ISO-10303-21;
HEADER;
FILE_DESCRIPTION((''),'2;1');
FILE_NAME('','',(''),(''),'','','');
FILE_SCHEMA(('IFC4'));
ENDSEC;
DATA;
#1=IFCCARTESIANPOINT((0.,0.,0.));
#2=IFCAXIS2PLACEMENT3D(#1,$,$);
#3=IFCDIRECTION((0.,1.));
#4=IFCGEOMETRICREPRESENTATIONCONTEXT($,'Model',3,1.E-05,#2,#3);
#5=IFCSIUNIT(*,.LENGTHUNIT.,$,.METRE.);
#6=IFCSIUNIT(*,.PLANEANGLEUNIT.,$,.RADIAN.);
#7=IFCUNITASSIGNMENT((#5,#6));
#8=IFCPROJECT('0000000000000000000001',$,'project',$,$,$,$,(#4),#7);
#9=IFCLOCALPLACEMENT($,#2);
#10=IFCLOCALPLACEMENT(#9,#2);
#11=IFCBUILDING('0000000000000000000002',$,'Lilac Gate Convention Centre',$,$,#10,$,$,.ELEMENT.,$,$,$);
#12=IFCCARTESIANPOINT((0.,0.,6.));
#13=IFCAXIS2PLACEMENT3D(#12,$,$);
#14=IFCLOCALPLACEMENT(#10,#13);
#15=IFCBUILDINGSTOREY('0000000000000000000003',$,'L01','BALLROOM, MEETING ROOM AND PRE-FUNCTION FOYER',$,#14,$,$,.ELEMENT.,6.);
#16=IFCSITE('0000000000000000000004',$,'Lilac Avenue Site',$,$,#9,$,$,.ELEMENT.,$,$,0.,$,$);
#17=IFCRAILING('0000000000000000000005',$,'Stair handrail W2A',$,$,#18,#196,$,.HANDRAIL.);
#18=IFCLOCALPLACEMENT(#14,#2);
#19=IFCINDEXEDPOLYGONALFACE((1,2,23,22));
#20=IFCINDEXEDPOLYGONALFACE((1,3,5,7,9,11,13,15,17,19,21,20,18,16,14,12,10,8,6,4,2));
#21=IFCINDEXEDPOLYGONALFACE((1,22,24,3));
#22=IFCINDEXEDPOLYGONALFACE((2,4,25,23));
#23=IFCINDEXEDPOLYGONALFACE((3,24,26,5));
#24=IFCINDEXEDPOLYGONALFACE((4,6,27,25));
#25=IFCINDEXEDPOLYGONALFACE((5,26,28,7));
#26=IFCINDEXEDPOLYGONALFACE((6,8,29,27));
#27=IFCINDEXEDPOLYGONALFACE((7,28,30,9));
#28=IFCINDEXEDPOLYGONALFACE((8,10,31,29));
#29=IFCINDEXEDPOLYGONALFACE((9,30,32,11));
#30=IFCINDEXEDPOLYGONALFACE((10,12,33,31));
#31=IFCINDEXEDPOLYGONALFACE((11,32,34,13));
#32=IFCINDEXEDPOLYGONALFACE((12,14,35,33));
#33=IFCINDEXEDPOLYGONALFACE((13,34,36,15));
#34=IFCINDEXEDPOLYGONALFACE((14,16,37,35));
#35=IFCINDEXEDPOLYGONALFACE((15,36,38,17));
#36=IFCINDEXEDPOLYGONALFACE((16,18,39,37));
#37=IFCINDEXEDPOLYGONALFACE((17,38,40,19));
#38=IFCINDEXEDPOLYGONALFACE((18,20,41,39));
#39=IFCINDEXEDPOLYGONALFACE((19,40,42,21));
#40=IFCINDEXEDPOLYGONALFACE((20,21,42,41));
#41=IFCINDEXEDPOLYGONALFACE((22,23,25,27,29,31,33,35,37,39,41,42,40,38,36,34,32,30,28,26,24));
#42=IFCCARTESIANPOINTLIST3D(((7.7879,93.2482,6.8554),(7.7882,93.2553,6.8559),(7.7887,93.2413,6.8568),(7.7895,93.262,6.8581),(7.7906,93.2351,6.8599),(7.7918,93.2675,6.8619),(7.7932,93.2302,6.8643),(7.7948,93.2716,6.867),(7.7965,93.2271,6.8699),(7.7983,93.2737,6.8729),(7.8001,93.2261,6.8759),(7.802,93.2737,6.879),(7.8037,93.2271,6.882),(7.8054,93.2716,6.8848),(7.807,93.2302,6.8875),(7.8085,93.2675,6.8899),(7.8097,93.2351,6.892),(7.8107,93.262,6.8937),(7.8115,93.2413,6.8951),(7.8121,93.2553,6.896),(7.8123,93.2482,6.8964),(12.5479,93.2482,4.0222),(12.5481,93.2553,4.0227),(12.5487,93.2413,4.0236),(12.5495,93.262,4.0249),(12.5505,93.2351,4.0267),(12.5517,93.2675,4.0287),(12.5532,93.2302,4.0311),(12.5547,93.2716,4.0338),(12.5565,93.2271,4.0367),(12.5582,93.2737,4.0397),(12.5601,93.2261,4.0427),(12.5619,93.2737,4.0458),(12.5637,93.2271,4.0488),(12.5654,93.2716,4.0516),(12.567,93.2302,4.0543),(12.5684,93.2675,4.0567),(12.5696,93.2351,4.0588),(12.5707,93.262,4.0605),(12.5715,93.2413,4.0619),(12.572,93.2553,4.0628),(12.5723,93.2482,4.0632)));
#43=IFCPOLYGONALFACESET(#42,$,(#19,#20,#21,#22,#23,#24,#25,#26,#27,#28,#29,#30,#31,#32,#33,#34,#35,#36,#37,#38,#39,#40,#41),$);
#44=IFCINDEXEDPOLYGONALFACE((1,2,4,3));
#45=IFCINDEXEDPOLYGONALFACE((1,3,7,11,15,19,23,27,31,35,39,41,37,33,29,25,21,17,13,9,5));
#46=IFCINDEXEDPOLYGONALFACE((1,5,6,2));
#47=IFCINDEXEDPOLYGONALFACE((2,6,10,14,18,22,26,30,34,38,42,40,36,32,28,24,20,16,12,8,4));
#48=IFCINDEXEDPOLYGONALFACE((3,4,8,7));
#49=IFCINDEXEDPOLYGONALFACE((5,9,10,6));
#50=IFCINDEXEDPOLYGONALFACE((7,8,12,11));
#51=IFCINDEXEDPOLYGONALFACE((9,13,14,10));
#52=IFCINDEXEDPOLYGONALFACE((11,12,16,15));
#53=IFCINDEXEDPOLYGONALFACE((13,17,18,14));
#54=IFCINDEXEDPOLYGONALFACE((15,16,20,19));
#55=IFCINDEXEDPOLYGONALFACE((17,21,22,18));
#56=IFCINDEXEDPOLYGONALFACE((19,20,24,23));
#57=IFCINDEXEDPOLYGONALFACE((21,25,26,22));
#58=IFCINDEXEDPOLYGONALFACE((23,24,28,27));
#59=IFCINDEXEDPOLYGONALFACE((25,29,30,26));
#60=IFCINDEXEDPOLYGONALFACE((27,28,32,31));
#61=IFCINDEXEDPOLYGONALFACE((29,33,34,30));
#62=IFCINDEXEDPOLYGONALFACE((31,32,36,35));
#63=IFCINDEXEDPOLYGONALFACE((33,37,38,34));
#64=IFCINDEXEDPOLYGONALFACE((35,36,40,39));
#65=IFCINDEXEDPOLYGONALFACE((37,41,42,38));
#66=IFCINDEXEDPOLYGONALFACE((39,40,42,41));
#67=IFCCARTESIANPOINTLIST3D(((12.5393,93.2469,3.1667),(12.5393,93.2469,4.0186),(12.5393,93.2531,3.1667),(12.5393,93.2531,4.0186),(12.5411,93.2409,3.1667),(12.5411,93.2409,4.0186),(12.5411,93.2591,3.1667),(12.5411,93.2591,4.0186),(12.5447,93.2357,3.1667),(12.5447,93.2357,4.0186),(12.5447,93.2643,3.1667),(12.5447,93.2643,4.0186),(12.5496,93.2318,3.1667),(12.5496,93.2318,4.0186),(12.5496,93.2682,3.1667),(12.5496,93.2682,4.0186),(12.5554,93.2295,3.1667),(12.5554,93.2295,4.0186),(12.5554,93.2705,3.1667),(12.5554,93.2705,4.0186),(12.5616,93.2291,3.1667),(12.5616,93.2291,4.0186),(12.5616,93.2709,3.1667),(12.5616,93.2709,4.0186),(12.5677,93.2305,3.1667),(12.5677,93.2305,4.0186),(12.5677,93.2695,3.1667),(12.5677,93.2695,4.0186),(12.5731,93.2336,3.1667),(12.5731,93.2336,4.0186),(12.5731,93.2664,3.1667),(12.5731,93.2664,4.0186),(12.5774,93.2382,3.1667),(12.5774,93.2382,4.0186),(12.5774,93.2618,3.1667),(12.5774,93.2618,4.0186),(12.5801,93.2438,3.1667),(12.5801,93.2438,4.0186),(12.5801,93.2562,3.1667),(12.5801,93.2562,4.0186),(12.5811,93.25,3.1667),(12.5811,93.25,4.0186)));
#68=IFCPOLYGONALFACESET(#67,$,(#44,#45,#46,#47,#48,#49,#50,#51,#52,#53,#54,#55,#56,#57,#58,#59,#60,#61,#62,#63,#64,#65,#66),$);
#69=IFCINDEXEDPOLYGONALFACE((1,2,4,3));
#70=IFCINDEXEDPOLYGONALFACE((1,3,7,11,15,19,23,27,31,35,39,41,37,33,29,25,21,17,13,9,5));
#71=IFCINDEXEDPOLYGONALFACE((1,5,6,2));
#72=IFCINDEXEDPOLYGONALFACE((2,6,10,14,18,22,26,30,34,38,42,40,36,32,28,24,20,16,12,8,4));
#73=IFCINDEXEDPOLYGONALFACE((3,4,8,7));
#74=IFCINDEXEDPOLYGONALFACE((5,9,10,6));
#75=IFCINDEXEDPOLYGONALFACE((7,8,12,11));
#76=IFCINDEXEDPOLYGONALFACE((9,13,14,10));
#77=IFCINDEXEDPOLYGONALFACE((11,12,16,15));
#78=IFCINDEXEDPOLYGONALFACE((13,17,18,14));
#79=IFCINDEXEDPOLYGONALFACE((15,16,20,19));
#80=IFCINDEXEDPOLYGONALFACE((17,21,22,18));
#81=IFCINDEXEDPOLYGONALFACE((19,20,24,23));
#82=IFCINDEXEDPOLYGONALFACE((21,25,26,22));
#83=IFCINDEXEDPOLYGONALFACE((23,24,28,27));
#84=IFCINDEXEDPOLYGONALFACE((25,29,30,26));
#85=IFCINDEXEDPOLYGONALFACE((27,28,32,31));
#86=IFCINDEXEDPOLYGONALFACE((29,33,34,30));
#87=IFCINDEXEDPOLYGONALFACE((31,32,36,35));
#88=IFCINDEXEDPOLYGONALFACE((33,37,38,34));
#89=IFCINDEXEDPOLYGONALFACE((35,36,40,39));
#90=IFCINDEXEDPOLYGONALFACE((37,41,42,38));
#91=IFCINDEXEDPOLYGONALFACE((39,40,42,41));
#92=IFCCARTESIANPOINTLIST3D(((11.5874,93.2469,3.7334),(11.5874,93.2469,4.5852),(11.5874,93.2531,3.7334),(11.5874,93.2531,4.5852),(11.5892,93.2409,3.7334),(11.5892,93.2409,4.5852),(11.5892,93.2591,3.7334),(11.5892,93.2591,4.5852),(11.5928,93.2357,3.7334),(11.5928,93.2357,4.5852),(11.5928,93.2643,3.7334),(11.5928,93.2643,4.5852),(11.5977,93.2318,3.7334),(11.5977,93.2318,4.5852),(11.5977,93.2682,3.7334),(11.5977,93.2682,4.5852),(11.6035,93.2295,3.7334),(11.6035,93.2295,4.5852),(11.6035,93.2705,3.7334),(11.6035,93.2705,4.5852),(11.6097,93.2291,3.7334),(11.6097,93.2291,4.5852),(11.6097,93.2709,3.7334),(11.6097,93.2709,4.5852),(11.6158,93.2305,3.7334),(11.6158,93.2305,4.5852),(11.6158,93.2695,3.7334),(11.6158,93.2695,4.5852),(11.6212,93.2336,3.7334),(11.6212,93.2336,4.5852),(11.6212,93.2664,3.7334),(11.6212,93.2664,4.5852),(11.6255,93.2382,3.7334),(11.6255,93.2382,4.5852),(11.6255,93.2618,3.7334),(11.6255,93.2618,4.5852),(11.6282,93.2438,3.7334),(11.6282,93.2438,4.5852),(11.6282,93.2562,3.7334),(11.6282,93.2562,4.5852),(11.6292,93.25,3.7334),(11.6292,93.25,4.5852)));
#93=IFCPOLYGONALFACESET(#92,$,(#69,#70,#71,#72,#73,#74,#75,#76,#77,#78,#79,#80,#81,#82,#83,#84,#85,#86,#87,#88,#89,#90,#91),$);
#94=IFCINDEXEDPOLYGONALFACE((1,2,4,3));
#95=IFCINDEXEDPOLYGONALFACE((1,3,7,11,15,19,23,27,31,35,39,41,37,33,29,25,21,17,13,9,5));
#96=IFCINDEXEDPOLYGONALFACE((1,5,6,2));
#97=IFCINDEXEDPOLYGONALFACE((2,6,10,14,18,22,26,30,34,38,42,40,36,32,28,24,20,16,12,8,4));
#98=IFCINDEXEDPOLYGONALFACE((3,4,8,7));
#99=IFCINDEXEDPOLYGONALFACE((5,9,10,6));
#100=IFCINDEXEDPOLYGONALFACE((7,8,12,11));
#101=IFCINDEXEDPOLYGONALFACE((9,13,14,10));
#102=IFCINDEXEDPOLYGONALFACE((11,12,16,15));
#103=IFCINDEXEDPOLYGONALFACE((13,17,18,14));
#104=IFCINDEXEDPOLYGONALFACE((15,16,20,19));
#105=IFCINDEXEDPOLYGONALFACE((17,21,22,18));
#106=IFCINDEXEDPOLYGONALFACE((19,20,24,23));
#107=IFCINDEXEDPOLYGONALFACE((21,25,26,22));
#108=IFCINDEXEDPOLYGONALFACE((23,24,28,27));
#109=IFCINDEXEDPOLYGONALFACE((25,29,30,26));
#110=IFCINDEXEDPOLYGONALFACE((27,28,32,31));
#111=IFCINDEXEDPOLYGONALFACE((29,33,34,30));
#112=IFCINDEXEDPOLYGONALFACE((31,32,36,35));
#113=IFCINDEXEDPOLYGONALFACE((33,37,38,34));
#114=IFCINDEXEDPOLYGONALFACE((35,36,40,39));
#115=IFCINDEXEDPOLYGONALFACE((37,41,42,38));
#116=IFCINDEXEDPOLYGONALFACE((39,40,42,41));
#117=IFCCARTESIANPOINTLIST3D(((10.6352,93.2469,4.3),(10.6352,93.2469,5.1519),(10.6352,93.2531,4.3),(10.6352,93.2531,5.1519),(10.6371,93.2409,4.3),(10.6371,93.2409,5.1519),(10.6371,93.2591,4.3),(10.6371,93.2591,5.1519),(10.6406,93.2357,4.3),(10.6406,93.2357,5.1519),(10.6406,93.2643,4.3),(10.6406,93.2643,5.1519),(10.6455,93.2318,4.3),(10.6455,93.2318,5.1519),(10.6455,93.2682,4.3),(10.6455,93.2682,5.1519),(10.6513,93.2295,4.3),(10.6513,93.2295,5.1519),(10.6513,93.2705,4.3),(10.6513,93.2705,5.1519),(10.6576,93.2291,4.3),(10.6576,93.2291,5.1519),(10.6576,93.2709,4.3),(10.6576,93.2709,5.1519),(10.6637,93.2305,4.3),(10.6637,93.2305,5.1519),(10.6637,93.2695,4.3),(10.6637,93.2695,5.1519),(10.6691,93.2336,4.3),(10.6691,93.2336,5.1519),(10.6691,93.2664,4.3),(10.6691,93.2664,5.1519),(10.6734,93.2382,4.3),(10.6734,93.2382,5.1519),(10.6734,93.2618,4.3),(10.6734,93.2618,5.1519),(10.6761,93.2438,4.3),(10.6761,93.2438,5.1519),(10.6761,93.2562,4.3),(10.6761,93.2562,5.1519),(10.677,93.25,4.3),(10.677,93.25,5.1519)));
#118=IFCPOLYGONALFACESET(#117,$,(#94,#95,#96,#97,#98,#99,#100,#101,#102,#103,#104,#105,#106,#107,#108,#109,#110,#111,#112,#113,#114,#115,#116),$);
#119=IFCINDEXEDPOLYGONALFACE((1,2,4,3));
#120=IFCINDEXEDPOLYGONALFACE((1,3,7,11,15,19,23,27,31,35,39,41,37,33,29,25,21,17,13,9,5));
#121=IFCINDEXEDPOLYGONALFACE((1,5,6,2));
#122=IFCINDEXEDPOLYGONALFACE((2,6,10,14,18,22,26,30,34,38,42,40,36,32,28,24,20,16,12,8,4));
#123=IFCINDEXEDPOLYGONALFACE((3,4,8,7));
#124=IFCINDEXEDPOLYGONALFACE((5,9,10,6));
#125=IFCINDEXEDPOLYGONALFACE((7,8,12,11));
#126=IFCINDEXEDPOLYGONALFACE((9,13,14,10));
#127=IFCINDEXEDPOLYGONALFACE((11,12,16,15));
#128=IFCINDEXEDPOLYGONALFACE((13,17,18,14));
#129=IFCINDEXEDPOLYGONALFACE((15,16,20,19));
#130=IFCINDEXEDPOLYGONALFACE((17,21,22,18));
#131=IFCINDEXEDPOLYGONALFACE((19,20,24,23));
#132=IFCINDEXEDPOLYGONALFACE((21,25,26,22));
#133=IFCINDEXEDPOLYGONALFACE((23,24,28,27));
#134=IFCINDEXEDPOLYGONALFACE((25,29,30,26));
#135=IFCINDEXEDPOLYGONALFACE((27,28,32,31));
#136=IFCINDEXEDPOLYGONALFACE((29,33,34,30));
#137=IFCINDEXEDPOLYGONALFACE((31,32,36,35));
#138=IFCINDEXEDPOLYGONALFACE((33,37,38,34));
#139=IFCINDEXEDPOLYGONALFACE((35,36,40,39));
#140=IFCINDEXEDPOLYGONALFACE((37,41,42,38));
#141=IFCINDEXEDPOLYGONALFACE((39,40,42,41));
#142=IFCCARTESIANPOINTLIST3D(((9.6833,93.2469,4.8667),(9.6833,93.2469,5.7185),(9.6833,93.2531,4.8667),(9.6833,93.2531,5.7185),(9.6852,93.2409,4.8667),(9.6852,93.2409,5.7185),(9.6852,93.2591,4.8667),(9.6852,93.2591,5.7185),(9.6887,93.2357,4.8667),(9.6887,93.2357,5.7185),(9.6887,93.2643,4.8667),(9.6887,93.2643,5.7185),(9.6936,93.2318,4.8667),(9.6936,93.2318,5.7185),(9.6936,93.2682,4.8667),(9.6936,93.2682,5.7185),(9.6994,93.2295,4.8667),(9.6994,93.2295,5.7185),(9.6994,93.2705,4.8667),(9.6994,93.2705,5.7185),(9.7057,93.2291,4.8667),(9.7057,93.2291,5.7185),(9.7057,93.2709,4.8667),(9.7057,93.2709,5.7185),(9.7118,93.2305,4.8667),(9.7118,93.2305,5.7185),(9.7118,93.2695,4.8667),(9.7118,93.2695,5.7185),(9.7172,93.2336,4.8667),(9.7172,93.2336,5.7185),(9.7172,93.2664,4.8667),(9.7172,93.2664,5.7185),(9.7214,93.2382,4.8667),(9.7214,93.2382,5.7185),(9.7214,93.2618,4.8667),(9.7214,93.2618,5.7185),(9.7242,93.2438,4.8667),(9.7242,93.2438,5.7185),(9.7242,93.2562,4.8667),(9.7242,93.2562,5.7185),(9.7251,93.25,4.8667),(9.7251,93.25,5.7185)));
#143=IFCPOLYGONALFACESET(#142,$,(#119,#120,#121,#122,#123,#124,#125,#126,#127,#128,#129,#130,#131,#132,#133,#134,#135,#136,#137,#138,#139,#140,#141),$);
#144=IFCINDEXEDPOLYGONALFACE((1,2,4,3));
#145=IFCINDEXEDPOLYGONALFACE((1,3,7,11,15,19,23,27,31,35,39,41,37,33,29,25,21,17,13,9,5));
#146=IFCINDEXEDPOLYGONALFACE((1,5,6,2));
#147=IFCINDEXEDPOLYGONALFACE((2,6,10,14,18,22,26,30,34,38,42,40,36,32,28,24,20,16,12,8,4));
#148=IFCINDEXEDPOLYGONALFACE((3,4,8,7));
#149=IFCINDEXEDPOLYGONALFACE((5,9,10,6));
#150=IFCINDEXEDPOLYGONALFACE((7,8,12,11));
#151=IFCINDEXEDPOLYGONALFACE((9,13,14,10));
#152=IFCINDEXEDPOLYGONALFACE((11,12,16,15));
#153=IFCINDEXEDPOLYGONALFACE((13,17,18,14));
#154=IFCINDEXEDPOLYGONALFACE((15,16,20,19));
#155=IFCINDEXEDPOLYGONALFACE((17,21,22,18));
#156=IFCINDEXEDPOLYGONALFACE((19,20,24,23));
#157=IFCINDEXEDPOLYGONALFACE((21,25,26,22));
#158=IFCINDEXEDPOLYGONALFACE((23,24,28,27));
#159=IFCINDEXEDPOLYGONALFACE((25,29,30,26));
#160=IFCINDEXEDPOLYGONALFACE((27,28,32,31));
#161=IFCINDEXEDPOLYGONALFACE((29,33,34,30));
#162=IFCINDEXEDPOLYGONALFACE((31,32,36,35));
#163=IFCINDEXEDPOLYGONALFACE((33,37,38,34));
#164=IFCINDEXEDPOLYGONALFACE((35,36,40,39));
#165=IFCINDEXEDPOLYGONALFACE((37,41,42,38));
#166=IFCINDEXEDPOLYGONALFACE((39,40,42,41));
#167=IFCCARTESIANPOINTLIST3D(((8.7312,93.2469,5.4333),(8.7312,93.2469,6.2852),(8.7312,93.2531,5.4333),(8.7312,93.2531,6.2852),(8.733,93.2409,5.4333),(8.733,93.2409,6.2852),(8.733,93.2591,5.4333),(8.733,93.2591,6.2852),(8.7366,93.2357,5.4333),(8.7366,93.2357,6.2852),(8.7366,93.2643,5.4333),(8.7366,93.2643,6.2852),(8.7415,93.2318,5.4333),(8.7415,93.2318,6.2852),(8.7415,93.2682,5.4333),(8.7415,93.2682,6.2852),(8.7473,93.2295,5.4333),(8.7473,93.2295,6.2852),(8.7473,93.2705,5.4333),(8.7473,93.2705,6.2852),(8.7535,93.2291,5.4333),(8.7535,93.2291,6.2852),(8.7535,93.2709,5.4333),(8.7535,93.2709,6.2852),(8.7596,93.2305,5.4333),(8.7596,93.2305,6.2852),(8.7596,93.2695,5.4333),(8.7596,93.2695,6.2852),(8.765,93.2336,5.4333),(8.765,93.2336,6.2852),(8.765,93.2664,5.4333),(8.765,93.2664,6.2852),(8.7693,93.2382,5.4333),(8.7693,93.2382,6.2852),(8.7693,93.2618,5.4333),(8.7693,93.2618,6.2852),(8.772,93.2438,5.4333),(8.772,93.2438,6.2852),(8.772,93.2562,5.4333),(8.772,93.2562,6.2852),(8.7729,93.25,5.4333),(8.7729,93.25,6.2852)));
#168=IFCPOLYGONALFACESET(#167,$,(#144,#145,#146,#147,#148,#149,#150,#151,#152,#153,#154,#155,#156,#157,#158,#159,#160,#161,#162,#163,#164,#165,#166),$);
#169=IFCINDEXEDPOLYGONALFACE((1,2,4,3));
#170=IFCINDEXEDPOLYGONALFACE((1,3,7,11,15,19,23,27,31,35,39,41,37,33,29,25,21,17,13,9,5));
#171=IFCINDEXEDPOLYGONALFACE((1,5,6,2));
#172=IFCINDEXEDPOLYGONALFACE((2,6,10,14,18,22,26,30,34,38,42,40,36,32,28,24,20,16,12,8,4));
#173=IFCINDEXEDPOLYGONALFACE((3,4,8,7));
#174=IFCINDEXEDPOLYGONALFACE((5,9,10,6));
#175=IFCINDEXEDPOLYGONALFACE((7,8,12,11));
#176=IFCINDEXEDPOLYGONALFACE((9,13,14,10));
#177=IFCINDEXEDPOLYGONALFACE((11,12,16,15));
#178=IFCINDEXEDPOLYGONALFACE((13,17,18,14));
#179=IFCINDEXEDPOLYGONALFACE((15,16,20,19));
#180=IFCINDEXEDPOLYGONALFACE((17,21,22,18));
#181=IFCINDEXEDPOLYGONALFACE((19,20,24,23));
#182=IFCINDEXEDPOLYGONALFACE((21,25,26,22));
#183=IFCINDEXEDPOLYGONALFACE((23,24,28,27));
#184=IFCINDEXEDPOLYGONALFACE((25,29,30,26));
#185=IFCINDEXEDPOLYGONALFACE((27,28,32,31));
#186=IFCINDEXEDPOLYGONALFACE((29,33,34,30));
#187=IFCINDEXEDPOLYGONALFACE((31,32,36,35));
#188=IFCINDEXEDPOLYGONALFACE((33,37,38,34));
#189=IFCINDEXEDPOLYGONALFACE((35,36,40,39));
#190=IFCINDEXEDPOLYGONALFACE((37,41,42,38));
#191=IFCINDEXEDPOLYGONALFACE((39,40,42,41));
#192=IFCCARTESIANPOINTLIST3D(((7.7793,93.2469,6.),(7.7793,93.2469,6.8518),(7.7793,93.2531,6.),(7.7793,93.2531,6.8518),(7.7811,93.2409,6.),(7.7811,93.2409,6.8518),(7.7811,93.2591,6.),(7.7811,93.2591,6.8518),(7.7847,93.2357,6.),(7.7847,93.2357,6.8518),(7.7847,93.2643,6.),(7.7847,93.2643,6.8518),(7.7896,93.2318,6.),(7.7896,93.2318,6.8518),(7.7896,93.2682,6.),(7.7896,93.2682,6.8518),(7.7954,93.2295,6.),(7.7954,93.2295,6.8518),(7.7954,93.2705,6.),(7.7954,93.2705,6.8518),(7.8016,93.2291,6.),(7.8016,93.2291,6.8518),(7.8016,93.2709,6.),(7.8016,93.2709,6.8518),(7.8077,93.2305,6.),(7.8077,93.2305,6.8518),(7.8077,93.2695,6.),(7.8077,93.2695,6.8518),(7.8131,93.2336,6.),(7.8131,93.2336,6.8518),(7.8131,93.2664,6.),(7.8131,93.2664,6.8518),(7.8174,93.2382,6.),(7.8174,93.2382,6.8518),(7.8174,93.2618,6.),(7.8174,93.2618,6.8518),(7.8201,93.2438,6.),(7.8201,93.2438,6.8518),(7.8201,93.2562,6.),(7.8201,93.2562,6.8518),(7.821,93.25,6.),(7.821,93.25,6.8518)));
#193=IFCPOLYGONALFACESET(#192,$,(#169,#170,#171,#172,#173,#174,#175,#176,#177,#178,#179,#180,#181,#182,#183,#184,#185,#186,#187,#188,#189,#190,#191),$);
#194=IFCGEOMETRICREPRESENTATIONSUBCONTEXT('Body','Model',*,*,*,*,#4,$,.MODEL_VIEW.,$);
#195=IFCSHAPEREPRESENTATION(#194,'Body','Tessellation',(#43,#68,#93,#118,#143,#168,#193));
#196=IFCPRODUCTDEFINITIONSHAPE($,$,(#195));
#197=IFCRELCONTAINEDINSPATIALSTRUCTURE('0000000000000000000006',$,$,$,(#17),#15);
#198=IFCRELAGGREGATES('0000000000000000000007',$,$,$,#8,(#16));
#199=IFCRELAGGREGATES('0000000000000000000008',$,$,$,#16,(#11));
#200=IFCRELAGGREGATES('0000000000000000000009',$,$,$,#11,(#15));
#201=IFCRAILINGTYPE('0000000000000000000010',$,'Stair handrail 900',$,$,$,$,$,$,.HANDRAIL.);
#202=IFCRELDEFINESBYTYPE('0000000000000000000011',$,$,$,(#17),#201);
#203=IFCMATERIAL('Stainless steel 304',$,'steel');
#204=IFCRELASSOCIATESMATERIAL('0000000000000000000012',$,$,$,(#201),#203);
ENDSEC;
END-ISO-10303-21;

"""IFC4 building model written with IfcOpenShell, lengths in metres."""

from ifc_helpers import new_model, si_unit, direction, frame, origin, origin_2d, place, context, subcontext, project, spatial, circle, extrude, material, type_object, element, save


model = new_model("IFC4")

# Units and contexts
model_context = context("Model", 3, precision=1e-05, world=origin(), true_north=direction((0.0, 1.0)))
body_context = subcontext(model_context, "Body", "Model", "MODEL_VIEW")
ifc_project = project(units=[si_unit("LENGTHUNIT", "METRE"), si_unit("PLANEANGLEUNIT", "RADIAN")], contexts=[model_context])

# Site, building, storey
site_placement = place(None, origin())
site = spatial("IfcSite", under=ifc_project, at=site_placement, Name="Lilac Avenue Site", CompositionType="ELEMENT", RefElevation=0.0)
building_placement = place(site_placement, origin())
building = spatial("IfcBuilding", under=site, at=building_placement, Name="Lilac Gate Convention Centre", CompositionType="ELEMENT")
storey_placement = place(building_placement, frame((0.0, 0.0, 6.0)))
storey = spatial("IfcBuildingStorey", under=building, at=storey_placement, Name="L01", Description="BALLROOM, MEETING ROOM AND PRE-FUNCTION FOYER", CompositionType="ELEMENT", Elevation=6.0)

# Railing
ifc_material_1 = material(Name="Stainless steel 304", Category="steel")
railing_type = type_object("IfcRailingType", Name="Stair handrail 900", PredefinedType="HANDRAIL", material=ifc_material_1)
for number, where, name in (
    (1, (12.5601, 93.25, 3.1667), "Stair handrail W2A"),
):
    element("IfcRailing", number, at=place(storey_placement, frame(where)), inside=storey, type_object=railing_type, Name=name, PredefinedType="HANDRAIL", context=body_context, shape_type="SweptSolid", body=[
        extrude(circle(Radius=0.0239, at=origin_2d()), frame((0.0, 0.0, 0.876), z_axis=(-0.8593, 0.0, 0.511472), x_axis=(0.0, -1.0, 0.0)), (0.0, 0.0, 1.0), 5.5393),
        extrude(circle(Radius=0.021, at=origin_2d()), origin(), (0.0, 0.0, 1.0), 0.8518),
        extrude(circle(Radius=0.021, at=origin_2d()), frame((-0.9519, 0.0, 0.5667)), (0.0, 0.0, 1.0), 0.8518),
        extrude(circle(Radius=0.021, at=origin_2d()), frame((-1.9041, 0.0, 1.1333)), (0.0, 0.0, 1.0), 0.8518),
        extrude(circle(Radius=0.021, at=origin_2d()), frame((-2.856, 0.0, 1.7)), (0.0, 0.0, 1.0), 0.8518),
        extrude(circle(Radius=0.021, at=origin_2d()), frame((-3.8081, 0.0, 2.2666)), (0.0, 0.0, 1.0), 0.8518),
        extrude(circle(Radius=0.021, at=origin_2d()), frame((-4.76, 0.0, 2.8333)), (0.0, 0.0, 1.0), 0.8518),
    ])

save(model, "model.ifc")
